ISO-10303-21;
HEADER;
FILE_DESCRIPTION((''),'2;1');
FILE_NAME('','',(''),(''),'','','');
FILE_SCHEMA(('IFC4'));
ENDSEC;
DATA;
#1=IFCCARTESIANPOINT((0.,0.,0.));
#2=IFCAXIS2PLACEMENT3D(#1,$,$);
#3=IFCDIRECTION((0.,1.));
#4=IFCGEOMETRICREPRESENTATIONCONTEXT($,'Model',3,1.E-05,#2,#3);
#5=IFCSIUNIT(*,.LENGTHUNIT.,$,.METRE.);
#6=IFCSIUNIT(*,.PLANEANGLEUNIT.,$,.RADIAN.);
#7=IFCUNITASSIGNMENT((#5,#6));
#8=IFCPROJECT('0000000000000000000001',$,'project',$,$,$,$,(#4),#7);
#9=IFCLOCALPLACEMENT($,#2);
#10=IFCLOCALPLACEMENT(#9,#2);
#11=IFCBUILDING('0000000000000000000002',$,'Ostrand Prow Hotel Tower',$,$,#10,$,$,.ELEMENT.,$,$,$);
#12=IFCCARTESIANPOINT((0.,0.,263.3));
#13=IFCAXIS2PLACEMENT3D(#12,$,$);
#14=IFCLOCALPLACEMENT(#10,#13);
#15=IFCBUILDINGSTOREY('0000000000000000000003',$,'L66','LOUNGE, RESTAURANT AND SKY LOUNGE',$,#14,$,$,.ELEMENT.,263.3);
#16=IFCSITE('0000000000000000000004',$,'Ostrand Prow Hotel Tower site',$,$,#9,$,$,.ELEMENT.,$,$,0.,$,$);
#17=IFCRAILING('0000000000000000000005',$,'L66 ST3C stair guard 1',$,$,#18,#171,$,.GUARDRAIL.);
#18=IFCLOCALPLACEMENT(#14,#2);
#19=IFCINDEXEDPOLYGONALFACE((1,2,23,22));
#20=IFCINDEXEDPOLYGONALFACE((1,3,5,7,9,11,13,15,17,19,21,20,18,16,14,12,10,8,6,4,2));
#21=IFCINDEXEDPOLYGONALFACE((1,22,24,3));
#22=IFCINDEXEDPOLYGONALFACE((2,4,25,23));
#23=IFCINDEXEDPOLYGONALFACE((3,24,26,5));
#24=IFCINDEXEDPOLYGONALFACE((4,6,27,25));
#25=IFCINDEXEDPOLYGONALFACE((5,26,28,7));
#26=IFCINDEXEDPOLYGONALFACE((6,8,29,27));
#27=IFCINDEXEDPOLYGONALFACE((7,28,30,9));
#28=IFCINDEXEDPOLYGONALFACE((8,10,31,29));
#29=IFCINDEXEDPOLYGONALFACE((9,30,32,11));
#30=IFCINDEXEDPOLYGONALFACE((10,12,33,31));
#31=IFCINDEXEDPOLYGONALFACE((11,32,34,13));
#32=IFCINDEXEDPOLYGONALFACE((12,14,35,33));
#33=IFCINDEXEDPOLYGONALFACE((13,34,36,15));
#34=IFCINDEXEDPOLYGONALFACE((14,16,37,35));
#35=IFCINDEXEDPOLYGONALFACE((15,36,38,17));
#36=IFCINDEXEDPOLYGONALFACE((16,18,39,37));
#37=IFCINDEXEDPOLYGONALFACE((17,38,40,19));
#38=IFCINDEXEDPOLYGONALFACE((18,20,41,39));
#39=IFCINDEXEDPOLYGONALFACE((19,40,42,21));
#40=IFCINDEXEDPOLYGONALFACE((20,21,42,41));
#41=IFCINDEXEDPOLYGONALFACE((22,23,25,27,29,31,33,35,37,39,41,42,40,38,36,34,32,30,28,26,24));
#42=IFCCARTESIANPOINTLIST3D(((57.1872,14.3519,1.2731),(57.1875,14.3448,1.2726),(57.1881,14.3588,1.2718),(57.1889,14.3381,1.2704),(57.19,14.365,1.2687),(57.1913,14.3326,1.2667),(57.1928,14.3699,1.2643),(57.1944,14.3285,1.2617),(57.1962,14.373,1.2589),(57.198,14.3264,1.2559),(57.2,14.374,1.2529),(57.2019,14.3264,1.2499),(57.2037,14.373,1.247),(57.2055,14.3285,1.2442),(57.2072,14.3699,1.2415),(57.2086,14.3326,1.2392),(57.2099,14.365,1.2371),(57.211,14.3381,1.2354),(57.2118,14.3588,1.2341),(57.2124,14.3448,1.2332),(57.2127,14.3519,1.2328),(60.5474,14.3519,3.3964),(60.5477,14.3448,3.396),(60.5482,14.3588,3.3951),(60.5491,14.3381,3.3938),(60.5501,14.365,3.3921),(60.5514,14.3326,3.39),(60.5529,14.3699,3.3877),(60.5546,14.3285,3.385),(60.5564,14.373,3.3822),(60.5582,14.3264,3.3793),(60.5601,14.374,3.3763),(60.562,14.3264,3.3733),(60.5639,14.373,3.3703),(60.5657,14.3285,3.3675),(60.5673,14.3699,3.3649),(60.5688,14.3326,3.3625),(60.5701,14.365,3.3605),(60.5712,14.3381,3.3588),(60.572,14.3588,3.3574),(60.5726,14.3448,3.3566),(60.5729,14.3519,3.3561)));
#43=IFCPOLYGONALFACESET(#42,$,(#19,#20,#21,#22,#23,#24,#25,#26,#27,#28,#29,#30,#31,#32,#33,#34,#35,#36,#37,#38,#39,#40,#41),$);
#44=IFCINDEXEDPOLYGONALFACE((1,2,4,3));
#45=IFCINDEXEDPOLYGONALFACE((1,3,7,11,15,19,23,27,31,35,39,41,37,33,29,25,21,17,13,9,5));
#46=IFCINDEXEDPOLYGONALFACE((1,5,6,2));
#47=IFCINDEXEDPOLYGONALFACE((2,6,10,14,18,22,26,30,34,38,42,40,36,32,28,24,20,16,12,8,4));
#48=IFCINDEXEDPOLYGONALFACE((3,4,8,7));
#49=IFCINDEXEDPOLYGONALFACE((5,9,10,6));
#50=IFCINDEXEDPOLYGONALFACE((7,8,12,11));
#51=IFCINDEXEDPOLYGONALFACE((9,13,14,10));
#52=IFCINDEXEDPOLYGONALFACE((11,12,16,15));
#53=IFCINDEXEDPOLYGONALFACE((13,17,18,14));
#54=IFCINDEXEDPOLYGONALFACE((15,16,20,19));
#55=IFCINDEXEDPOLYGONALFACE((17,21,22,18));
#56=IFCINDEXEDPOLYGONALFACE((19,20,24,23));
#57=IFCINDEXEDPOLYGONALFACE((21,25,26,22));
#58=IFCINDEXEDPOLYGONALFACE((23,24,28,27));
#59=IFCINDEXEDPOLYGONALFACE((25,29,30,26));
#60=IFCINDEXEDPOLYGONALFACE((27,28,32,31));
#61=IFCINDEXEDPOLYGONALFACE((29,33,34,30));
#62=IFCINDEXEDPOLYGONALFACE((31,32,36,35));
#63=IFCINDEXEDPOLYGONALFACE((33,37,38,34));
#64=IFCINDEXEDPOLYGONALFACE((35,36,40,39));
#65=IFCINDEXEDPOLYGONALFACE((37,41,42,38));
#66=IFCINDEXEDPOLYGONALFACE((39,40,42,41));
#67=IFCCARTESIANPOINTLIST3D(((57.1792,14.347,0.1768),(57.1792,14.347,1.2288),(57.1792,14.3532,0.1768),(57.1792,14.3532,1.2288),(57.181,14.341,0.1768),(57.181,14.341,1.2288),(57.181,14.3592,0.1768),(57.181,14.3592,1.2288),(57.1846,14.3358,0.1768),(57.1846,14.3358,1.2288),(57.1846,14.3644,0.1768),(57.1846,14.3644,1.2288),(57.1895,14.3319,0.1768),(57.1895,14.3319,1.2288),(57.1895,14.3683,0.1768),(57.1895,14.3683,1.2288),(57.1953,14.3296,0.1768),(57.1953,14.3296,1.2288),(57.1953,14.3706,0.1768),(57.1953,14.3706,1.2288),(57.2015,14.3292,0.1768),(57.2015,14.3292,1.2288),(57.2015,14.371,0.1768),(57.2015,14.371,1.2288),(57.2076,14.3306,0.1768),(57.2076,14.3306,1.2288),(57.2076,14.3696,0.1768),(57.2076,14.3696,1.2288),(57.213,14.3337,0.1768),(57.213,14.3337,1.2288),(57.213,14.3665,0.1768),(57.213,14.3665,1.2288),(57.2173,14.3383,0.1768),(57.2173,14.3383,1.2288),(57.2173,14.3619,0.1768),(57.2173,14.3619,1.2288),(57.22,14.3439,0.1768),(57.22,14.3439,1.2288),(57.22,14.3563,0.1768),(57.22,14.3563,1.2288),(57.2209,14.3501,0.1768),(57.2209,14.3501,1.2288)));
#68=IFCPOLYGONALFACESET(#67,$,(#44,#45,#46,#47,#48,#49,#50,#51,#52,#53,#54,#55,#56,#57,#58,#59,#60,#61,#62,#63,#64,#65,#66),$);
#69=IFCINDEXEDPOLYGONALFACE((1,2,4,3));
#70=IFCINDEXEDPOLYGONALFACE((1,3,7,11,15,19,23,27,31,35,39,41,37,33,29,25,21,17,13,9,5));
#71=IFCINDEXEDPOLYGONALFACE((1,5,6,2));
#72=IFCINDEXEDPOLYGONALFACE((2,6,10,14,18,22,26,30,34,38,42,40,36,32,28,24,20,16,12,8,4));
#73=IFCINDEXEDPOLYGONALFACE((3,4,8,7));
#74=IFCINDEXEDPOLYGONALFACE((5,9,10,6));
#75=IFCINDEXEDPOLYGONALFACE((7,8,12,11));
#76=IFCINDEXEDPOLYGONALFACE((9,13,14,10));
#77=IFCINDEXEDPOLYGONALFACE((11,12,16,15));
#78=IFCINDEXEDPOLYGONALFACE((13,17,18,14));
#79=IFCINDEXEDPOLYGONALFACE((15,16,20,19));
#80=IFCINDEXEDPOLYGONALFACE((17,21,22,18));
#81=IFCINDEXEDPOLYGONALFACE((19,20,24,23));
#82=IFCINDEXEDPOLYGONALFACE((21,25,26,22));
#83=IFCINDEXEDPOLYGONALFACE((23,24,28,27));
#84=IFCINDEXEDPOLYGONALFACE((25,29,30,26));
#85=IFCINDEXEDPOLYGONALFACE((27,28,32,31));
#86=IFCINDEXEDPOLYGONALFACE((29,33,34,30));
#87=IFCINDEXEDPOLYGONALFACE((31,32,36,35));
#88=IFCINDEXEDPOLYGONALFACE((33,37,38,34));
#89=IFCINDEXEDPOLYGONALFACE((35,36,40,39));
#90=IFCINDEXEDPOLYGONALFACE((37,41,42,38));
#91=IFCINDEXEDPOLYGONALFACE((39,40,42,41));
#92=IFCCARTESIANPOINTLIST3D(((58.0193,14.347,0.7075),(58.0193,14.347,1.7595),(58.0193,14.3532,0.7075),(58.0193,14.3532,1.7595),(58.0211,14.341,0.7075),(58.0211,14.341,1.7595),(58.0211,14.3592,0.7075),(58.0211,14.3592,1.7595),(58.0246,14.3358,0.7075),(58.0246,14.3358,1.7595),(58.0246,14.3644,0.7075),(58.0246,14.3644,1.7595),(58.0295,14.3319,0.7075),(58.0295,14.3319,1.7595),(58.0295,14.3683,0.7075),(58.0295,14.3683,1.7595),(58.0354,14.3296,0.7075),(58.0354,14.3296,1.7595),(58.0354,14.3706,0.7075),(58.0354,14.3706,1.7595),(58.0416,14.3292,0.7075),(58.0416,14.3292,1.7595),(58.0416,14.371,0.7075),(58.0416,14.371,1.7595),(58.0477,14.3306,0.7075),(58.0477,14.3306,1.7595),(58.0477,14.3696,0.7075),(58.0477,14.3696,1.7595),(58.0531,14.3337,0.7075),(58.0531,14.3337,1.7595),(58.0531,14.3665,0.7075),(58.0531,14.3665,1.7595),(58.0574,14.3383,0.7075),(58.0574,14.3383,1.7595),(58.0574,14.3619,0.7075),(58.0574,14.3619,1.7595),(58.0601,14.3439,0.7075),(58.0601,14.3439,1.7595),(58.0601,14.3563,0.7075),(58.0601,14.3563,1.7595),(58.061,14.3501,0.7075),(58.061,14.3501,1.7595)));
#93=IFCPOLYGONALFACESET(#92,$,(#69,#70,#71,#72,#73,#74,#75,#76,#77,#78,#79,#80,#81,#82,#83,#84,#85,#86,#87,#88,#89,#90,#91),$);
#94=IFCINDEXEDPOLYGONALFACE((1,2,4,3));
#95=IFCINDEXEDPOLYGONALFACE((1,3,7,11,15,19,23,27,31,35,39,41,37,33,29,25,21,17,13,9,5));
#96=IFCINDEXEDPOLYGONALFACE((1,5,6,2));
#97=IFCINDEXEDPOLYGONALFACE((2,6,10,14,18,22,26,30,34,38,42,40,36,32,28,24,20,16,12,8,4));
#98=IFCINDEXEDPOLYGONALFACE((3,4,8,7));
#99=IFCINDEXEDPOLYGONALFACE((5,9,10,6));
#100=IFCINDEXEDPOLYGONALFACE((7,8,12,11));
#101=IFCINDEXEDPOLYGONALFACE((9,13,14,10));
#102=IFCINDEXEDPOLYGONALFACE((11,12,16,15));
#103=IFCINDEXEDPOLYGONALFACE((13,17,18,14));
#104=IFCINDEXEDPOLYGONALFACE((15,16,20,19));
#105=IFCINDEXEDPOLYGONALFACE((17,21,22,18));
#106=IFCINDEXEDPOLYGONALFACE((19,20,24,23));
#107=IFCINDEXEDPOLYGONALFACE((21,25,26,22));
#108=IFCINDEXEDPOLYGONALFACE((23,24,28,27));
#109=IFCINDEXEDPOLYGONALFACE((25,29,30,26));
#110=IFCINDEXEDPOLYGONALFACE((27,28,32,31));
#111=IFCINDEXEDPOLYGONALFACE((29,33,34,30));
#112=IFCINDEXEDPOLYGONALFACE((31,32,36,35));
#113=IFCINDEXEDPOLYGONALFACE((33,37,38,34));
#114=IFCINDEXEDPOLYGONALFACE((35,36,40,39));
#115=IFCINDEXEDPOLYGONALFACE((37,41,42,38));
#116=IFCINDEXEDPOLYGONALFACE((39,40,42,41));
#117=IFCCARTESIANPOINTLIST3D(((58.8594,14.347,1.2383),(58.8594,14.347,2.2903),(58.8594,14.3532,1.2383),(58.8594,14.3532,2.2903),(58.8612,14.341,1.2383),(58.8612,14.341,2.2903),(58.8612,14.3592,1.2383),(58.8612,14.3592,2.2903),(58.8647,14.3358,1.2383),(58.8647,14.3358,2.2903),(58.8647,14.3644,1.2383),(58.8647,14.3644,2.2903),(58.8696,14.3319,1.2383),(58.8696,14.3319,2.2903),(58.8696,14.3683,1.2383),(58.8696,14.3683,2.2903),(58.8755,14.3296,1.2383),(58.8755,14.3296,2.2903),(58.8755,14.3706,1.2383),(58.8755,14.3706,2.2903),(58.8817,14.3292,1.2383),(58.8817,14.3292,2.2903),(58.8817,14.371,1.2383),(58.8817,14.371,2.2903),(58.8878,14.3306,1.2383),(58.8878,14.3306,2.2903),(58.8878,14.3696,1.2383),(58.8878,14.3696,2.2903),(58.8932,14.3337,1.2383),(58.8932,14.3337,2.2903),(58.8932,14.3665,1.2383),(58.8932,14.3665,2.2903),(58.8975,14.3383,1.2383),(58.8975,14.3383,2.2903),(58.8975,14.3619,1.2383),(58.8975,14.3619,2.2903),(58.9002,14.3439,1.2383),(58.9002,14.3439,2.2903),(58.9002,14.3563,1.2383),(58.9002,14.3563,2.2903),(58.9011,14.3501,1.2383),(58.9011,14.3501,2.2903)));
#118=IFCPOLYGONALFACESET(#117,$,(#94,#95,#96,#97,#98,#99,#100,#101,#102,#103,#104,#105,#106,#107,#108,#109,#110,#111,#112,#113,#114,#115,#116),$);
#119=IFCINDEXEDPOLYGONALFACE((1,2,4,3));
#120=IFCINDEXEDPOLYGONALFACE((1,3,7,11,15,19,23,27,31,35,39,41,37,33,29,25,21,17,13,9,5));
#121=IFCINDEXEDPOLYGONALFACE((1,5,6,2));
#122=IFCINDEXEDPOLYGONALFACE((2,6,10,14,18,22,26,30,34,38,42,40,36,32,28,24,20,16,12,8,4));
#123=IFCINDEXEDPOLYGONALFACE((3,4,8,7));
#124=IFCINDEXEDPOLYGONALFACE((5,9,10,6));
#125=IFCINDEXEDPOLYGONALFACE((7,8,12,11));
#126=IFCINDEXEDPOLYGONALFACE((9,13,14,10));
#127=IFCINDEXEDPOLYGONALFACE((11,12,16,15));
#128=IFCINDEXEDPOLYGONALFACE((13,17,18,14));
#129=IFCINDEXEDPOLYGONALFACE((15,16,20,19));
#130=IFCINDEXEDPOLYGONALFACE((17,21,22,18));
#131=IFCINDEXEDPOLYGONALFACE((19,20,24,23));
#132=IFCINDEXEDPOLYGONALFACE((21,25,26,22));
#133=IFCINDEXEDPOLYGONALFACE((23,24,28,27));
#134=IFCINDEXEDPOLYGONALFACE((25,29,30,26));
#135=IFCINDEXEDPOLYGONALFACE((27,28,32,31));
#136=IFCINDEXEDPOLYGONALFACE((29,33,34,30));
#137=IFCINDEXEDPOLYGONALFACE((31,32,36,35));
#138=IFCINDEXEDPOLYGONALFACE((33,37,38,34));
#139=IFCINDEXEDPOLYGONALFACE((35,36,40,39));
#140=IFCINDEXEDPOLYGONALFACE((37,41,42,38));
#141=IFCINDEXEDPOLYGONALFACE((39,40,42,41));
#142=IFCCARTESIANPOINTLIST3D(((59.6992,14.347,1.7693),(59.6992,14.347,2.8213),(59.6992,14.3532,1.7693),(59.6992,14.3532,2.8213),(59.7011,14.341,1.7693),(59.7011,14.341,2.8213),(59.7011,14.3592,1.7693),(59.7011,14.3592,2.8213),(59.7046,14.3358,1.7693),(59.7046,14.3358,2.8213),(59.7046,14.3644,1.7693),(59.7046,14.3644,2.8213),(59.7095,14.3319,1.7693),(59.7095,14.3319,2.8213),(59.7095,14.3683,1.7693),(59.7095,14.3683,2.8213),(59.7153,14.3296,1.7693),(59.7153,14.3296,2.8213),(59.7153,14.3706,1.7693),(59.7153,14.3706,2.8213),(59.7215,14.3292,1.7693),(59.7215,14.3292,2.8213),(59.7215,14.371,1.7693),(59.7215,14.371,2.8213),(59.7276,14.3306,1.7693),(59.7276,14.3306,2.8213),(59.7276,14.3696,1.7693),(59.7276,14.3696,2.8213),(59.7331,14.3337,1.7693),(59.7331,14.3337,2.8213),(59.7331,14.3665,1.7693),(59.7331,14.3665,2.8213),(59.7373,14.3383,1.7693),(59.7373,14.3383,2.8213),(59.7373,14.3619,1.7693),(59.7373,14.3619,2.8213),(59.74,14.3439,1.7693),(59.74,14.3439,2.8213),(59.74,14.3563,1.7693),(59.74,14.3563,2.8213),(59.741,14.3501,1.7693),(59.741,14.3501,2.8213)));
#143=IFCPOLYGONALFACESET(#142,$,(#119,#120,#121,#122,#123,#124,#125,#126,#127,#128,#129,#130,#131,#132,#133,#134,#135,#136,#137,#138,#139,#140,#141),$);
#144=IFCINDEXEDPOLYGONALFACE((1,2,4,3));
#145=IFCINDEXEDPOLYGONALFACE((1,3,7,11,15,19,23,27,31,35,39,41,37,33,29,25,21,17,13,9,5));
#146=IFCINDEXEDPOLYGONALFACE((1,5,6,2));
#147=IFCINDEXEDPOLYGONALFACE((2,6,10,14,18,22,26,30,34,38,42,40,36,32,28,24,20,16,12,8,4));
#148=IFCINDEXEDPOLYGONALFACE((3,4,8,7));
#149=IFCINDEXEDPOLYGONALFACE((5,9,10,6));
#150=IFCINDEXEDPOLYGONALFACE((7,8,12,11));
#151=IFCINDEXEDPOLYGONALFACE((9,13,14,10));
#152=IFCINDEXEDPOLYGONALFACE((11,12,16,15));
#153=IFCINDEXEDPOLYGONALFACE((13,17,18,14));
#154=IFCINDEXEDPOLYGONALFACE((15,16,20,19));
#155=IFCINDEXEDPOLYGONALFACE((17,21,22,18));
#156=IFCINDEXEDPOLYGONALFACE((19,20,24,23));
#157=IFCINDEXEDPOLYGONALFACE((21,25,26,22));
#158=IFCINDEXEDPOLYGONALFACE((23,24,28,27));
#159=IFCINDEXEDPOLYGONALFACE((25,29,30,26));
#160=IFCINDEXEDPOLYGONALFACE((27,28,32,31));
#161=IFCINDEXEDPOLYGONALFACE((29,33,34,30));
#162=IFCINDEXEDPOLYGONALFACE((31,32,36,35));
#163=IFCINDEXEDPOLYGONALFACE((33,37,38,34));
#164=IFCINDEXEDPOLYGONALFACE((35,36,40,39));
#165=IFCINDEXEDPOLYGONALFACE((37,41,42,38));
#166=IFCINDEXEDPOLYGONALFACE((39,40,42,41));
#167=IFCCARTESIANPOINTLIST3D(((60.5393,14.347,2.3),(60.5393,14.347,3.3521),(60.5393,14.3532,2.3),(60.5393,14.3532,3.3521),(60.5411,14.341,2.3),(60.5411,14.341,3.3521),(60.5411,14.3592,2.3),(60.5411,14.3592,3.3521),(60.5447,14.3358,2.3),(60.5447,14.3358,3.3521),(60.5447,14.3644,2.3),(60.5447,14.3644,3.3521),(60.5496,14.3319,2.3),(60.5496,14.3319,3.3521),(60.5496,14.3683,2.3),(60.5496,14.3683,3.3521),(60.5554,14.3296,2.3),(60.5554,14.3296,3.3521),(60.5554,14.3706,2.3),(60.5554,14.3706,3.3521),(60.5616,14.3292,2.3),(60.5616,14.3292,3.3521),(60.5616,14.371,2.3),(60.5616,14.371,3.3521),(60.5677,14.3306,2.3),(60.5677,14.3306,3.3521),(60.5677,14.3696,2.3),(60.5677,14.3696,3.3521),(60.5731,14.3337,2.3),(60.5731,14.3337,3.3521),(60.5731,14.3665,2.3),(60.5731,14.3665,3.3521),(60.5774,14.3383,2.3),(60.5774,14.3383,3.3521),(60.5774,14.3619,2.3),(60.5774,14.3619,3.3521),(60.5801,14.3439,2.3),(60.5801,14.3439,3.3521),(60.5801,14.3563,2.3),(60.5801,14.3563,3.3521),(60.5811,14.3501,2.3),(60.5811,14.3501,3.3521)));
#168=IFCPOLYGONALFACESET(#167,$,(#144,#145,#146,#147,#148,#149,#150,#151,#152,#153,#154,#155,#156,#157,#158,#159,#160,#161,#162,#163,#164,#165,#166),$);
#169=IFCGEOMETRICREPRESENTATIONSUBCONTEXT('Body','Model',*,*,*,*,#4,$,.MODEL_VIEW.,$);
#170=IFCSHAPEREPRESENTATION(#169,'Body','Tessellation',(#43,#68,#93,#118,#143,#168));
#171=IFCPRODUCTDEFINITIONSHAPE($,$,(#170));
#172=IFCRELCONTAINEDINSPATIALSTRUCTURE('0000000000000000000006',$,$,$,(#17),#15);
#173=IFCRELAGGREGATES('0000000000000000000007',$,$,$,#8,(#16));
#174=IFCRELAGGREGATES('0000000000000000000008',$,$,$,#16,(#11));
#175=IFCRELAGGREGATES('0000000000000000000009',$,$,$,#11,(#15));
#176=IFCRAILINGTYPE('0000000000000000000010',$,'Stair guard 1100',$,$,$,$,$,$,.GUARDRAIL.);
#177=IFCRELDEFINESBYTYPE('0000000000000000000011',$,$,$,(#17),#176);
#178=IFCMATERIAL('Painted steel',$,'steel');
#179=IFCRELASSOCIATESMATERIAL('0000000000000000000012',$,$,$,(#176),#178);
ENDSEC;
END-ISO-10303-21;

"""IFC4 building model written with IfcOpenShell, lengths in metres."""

from ifc_helpers import new_model, si_unit, direction, frame, origin, origin_2d, place, context, subcontext, project, spatial, circle, extrude, material, type_object, element, save


model = new_model("IFC4")

# Units and contexts
model_context = context("Model", 3, precision=1e-05, world=origin(), true_north=direction((0.0, 1.0)))
body_context = subcontext(model_context, "Body", "Model", "MODEL_VIEW")
ifc_project = project(units=[si_unit("LENGTHUNIT", "METRE"), si_unit("PLANEANGLEUNIT", "RADIAN")], contexts=[model_context])

# Site, building, storey
site_placement = place(None, origin())
site = spatial("IfcSite", under=ifc_project, at=site_placement, Name="Ostrand Prow Hotel Tower site", CompositionType="ELEMENT", RefElevation=0.0)
building_placement = place(site_placement, origin())
building = spatial("IfcBuilding", under=site, at=building_placement, Name="Ostrand Prow Hotel Tower", CompositionType="ELEMENT")
storey_placement = place(building_placement, frame((0.0, 0.0, 263.3)))
storey = spatial("IfcBuildingStorey", under=building, at=storey_placement, Name="L66", Description="LOUNGE, RESTAURANT AND SKY LOUNGE", CompositionType="ELEMENT", Elevation=263.3)

# Railing
ifc_material_1 = material(Name="Painted steel", Category="steel")
railing_type_1 = type_object("IfcRailingType", Name="Stair guard 1100", PredefinedType="GUARDRAIL", material=ifc_material_1)
railing_1_placement = place(storey_placement, frame((57.2, 14.3501, 0.1768)))
element("IfcRailing", 1, at=railing_1_placement, inside=storey, type_object=railing_type_1, Name="L66 ST3C stair guard 1", PredefinedType="GUARDRAIL", context=body_context, shape_type="SweptSolid", body=[
    extrude(circle(Radius=0.0239, at=origin_2d()), frame((0.0, 0.0, 1.0762), z_axis=(0.845362, 0.0, 0.534194), x_axis=(0.0, 1.0, 0.0)), (0.0, 0.0, 1.0), 3.9749),
    extrude(circle(Radius=0.021, at=origin_2d()), origin(), (0.0, 0.0, 1.0), 1.052),
    extrude(circle(Radius=0.021, at=origin_2d()), frame((0.8401, 0.0, 0.5308)), (0.0, 0.0, 1.0), 1.052),
    extrude(circle(Radius=0.021, at=origin_2d()), frame((1.6802, 0.0, 1.0615)), (0.0, 0.0, 1.0), 1.052),
    extrude(circle(Radius=0.021, at=origin_2d()), frame((2.52, 0.0, 1.5925)), (0.0, 0.0, 1.0), 1.052),
    extrude(circle(Radius=0.021, at=origin_2d()), frame((3.3601, 0.0, 2.1233)), (0.0, 0.0, 1.0), 1.052),
])

save(model, "model.ifc")
